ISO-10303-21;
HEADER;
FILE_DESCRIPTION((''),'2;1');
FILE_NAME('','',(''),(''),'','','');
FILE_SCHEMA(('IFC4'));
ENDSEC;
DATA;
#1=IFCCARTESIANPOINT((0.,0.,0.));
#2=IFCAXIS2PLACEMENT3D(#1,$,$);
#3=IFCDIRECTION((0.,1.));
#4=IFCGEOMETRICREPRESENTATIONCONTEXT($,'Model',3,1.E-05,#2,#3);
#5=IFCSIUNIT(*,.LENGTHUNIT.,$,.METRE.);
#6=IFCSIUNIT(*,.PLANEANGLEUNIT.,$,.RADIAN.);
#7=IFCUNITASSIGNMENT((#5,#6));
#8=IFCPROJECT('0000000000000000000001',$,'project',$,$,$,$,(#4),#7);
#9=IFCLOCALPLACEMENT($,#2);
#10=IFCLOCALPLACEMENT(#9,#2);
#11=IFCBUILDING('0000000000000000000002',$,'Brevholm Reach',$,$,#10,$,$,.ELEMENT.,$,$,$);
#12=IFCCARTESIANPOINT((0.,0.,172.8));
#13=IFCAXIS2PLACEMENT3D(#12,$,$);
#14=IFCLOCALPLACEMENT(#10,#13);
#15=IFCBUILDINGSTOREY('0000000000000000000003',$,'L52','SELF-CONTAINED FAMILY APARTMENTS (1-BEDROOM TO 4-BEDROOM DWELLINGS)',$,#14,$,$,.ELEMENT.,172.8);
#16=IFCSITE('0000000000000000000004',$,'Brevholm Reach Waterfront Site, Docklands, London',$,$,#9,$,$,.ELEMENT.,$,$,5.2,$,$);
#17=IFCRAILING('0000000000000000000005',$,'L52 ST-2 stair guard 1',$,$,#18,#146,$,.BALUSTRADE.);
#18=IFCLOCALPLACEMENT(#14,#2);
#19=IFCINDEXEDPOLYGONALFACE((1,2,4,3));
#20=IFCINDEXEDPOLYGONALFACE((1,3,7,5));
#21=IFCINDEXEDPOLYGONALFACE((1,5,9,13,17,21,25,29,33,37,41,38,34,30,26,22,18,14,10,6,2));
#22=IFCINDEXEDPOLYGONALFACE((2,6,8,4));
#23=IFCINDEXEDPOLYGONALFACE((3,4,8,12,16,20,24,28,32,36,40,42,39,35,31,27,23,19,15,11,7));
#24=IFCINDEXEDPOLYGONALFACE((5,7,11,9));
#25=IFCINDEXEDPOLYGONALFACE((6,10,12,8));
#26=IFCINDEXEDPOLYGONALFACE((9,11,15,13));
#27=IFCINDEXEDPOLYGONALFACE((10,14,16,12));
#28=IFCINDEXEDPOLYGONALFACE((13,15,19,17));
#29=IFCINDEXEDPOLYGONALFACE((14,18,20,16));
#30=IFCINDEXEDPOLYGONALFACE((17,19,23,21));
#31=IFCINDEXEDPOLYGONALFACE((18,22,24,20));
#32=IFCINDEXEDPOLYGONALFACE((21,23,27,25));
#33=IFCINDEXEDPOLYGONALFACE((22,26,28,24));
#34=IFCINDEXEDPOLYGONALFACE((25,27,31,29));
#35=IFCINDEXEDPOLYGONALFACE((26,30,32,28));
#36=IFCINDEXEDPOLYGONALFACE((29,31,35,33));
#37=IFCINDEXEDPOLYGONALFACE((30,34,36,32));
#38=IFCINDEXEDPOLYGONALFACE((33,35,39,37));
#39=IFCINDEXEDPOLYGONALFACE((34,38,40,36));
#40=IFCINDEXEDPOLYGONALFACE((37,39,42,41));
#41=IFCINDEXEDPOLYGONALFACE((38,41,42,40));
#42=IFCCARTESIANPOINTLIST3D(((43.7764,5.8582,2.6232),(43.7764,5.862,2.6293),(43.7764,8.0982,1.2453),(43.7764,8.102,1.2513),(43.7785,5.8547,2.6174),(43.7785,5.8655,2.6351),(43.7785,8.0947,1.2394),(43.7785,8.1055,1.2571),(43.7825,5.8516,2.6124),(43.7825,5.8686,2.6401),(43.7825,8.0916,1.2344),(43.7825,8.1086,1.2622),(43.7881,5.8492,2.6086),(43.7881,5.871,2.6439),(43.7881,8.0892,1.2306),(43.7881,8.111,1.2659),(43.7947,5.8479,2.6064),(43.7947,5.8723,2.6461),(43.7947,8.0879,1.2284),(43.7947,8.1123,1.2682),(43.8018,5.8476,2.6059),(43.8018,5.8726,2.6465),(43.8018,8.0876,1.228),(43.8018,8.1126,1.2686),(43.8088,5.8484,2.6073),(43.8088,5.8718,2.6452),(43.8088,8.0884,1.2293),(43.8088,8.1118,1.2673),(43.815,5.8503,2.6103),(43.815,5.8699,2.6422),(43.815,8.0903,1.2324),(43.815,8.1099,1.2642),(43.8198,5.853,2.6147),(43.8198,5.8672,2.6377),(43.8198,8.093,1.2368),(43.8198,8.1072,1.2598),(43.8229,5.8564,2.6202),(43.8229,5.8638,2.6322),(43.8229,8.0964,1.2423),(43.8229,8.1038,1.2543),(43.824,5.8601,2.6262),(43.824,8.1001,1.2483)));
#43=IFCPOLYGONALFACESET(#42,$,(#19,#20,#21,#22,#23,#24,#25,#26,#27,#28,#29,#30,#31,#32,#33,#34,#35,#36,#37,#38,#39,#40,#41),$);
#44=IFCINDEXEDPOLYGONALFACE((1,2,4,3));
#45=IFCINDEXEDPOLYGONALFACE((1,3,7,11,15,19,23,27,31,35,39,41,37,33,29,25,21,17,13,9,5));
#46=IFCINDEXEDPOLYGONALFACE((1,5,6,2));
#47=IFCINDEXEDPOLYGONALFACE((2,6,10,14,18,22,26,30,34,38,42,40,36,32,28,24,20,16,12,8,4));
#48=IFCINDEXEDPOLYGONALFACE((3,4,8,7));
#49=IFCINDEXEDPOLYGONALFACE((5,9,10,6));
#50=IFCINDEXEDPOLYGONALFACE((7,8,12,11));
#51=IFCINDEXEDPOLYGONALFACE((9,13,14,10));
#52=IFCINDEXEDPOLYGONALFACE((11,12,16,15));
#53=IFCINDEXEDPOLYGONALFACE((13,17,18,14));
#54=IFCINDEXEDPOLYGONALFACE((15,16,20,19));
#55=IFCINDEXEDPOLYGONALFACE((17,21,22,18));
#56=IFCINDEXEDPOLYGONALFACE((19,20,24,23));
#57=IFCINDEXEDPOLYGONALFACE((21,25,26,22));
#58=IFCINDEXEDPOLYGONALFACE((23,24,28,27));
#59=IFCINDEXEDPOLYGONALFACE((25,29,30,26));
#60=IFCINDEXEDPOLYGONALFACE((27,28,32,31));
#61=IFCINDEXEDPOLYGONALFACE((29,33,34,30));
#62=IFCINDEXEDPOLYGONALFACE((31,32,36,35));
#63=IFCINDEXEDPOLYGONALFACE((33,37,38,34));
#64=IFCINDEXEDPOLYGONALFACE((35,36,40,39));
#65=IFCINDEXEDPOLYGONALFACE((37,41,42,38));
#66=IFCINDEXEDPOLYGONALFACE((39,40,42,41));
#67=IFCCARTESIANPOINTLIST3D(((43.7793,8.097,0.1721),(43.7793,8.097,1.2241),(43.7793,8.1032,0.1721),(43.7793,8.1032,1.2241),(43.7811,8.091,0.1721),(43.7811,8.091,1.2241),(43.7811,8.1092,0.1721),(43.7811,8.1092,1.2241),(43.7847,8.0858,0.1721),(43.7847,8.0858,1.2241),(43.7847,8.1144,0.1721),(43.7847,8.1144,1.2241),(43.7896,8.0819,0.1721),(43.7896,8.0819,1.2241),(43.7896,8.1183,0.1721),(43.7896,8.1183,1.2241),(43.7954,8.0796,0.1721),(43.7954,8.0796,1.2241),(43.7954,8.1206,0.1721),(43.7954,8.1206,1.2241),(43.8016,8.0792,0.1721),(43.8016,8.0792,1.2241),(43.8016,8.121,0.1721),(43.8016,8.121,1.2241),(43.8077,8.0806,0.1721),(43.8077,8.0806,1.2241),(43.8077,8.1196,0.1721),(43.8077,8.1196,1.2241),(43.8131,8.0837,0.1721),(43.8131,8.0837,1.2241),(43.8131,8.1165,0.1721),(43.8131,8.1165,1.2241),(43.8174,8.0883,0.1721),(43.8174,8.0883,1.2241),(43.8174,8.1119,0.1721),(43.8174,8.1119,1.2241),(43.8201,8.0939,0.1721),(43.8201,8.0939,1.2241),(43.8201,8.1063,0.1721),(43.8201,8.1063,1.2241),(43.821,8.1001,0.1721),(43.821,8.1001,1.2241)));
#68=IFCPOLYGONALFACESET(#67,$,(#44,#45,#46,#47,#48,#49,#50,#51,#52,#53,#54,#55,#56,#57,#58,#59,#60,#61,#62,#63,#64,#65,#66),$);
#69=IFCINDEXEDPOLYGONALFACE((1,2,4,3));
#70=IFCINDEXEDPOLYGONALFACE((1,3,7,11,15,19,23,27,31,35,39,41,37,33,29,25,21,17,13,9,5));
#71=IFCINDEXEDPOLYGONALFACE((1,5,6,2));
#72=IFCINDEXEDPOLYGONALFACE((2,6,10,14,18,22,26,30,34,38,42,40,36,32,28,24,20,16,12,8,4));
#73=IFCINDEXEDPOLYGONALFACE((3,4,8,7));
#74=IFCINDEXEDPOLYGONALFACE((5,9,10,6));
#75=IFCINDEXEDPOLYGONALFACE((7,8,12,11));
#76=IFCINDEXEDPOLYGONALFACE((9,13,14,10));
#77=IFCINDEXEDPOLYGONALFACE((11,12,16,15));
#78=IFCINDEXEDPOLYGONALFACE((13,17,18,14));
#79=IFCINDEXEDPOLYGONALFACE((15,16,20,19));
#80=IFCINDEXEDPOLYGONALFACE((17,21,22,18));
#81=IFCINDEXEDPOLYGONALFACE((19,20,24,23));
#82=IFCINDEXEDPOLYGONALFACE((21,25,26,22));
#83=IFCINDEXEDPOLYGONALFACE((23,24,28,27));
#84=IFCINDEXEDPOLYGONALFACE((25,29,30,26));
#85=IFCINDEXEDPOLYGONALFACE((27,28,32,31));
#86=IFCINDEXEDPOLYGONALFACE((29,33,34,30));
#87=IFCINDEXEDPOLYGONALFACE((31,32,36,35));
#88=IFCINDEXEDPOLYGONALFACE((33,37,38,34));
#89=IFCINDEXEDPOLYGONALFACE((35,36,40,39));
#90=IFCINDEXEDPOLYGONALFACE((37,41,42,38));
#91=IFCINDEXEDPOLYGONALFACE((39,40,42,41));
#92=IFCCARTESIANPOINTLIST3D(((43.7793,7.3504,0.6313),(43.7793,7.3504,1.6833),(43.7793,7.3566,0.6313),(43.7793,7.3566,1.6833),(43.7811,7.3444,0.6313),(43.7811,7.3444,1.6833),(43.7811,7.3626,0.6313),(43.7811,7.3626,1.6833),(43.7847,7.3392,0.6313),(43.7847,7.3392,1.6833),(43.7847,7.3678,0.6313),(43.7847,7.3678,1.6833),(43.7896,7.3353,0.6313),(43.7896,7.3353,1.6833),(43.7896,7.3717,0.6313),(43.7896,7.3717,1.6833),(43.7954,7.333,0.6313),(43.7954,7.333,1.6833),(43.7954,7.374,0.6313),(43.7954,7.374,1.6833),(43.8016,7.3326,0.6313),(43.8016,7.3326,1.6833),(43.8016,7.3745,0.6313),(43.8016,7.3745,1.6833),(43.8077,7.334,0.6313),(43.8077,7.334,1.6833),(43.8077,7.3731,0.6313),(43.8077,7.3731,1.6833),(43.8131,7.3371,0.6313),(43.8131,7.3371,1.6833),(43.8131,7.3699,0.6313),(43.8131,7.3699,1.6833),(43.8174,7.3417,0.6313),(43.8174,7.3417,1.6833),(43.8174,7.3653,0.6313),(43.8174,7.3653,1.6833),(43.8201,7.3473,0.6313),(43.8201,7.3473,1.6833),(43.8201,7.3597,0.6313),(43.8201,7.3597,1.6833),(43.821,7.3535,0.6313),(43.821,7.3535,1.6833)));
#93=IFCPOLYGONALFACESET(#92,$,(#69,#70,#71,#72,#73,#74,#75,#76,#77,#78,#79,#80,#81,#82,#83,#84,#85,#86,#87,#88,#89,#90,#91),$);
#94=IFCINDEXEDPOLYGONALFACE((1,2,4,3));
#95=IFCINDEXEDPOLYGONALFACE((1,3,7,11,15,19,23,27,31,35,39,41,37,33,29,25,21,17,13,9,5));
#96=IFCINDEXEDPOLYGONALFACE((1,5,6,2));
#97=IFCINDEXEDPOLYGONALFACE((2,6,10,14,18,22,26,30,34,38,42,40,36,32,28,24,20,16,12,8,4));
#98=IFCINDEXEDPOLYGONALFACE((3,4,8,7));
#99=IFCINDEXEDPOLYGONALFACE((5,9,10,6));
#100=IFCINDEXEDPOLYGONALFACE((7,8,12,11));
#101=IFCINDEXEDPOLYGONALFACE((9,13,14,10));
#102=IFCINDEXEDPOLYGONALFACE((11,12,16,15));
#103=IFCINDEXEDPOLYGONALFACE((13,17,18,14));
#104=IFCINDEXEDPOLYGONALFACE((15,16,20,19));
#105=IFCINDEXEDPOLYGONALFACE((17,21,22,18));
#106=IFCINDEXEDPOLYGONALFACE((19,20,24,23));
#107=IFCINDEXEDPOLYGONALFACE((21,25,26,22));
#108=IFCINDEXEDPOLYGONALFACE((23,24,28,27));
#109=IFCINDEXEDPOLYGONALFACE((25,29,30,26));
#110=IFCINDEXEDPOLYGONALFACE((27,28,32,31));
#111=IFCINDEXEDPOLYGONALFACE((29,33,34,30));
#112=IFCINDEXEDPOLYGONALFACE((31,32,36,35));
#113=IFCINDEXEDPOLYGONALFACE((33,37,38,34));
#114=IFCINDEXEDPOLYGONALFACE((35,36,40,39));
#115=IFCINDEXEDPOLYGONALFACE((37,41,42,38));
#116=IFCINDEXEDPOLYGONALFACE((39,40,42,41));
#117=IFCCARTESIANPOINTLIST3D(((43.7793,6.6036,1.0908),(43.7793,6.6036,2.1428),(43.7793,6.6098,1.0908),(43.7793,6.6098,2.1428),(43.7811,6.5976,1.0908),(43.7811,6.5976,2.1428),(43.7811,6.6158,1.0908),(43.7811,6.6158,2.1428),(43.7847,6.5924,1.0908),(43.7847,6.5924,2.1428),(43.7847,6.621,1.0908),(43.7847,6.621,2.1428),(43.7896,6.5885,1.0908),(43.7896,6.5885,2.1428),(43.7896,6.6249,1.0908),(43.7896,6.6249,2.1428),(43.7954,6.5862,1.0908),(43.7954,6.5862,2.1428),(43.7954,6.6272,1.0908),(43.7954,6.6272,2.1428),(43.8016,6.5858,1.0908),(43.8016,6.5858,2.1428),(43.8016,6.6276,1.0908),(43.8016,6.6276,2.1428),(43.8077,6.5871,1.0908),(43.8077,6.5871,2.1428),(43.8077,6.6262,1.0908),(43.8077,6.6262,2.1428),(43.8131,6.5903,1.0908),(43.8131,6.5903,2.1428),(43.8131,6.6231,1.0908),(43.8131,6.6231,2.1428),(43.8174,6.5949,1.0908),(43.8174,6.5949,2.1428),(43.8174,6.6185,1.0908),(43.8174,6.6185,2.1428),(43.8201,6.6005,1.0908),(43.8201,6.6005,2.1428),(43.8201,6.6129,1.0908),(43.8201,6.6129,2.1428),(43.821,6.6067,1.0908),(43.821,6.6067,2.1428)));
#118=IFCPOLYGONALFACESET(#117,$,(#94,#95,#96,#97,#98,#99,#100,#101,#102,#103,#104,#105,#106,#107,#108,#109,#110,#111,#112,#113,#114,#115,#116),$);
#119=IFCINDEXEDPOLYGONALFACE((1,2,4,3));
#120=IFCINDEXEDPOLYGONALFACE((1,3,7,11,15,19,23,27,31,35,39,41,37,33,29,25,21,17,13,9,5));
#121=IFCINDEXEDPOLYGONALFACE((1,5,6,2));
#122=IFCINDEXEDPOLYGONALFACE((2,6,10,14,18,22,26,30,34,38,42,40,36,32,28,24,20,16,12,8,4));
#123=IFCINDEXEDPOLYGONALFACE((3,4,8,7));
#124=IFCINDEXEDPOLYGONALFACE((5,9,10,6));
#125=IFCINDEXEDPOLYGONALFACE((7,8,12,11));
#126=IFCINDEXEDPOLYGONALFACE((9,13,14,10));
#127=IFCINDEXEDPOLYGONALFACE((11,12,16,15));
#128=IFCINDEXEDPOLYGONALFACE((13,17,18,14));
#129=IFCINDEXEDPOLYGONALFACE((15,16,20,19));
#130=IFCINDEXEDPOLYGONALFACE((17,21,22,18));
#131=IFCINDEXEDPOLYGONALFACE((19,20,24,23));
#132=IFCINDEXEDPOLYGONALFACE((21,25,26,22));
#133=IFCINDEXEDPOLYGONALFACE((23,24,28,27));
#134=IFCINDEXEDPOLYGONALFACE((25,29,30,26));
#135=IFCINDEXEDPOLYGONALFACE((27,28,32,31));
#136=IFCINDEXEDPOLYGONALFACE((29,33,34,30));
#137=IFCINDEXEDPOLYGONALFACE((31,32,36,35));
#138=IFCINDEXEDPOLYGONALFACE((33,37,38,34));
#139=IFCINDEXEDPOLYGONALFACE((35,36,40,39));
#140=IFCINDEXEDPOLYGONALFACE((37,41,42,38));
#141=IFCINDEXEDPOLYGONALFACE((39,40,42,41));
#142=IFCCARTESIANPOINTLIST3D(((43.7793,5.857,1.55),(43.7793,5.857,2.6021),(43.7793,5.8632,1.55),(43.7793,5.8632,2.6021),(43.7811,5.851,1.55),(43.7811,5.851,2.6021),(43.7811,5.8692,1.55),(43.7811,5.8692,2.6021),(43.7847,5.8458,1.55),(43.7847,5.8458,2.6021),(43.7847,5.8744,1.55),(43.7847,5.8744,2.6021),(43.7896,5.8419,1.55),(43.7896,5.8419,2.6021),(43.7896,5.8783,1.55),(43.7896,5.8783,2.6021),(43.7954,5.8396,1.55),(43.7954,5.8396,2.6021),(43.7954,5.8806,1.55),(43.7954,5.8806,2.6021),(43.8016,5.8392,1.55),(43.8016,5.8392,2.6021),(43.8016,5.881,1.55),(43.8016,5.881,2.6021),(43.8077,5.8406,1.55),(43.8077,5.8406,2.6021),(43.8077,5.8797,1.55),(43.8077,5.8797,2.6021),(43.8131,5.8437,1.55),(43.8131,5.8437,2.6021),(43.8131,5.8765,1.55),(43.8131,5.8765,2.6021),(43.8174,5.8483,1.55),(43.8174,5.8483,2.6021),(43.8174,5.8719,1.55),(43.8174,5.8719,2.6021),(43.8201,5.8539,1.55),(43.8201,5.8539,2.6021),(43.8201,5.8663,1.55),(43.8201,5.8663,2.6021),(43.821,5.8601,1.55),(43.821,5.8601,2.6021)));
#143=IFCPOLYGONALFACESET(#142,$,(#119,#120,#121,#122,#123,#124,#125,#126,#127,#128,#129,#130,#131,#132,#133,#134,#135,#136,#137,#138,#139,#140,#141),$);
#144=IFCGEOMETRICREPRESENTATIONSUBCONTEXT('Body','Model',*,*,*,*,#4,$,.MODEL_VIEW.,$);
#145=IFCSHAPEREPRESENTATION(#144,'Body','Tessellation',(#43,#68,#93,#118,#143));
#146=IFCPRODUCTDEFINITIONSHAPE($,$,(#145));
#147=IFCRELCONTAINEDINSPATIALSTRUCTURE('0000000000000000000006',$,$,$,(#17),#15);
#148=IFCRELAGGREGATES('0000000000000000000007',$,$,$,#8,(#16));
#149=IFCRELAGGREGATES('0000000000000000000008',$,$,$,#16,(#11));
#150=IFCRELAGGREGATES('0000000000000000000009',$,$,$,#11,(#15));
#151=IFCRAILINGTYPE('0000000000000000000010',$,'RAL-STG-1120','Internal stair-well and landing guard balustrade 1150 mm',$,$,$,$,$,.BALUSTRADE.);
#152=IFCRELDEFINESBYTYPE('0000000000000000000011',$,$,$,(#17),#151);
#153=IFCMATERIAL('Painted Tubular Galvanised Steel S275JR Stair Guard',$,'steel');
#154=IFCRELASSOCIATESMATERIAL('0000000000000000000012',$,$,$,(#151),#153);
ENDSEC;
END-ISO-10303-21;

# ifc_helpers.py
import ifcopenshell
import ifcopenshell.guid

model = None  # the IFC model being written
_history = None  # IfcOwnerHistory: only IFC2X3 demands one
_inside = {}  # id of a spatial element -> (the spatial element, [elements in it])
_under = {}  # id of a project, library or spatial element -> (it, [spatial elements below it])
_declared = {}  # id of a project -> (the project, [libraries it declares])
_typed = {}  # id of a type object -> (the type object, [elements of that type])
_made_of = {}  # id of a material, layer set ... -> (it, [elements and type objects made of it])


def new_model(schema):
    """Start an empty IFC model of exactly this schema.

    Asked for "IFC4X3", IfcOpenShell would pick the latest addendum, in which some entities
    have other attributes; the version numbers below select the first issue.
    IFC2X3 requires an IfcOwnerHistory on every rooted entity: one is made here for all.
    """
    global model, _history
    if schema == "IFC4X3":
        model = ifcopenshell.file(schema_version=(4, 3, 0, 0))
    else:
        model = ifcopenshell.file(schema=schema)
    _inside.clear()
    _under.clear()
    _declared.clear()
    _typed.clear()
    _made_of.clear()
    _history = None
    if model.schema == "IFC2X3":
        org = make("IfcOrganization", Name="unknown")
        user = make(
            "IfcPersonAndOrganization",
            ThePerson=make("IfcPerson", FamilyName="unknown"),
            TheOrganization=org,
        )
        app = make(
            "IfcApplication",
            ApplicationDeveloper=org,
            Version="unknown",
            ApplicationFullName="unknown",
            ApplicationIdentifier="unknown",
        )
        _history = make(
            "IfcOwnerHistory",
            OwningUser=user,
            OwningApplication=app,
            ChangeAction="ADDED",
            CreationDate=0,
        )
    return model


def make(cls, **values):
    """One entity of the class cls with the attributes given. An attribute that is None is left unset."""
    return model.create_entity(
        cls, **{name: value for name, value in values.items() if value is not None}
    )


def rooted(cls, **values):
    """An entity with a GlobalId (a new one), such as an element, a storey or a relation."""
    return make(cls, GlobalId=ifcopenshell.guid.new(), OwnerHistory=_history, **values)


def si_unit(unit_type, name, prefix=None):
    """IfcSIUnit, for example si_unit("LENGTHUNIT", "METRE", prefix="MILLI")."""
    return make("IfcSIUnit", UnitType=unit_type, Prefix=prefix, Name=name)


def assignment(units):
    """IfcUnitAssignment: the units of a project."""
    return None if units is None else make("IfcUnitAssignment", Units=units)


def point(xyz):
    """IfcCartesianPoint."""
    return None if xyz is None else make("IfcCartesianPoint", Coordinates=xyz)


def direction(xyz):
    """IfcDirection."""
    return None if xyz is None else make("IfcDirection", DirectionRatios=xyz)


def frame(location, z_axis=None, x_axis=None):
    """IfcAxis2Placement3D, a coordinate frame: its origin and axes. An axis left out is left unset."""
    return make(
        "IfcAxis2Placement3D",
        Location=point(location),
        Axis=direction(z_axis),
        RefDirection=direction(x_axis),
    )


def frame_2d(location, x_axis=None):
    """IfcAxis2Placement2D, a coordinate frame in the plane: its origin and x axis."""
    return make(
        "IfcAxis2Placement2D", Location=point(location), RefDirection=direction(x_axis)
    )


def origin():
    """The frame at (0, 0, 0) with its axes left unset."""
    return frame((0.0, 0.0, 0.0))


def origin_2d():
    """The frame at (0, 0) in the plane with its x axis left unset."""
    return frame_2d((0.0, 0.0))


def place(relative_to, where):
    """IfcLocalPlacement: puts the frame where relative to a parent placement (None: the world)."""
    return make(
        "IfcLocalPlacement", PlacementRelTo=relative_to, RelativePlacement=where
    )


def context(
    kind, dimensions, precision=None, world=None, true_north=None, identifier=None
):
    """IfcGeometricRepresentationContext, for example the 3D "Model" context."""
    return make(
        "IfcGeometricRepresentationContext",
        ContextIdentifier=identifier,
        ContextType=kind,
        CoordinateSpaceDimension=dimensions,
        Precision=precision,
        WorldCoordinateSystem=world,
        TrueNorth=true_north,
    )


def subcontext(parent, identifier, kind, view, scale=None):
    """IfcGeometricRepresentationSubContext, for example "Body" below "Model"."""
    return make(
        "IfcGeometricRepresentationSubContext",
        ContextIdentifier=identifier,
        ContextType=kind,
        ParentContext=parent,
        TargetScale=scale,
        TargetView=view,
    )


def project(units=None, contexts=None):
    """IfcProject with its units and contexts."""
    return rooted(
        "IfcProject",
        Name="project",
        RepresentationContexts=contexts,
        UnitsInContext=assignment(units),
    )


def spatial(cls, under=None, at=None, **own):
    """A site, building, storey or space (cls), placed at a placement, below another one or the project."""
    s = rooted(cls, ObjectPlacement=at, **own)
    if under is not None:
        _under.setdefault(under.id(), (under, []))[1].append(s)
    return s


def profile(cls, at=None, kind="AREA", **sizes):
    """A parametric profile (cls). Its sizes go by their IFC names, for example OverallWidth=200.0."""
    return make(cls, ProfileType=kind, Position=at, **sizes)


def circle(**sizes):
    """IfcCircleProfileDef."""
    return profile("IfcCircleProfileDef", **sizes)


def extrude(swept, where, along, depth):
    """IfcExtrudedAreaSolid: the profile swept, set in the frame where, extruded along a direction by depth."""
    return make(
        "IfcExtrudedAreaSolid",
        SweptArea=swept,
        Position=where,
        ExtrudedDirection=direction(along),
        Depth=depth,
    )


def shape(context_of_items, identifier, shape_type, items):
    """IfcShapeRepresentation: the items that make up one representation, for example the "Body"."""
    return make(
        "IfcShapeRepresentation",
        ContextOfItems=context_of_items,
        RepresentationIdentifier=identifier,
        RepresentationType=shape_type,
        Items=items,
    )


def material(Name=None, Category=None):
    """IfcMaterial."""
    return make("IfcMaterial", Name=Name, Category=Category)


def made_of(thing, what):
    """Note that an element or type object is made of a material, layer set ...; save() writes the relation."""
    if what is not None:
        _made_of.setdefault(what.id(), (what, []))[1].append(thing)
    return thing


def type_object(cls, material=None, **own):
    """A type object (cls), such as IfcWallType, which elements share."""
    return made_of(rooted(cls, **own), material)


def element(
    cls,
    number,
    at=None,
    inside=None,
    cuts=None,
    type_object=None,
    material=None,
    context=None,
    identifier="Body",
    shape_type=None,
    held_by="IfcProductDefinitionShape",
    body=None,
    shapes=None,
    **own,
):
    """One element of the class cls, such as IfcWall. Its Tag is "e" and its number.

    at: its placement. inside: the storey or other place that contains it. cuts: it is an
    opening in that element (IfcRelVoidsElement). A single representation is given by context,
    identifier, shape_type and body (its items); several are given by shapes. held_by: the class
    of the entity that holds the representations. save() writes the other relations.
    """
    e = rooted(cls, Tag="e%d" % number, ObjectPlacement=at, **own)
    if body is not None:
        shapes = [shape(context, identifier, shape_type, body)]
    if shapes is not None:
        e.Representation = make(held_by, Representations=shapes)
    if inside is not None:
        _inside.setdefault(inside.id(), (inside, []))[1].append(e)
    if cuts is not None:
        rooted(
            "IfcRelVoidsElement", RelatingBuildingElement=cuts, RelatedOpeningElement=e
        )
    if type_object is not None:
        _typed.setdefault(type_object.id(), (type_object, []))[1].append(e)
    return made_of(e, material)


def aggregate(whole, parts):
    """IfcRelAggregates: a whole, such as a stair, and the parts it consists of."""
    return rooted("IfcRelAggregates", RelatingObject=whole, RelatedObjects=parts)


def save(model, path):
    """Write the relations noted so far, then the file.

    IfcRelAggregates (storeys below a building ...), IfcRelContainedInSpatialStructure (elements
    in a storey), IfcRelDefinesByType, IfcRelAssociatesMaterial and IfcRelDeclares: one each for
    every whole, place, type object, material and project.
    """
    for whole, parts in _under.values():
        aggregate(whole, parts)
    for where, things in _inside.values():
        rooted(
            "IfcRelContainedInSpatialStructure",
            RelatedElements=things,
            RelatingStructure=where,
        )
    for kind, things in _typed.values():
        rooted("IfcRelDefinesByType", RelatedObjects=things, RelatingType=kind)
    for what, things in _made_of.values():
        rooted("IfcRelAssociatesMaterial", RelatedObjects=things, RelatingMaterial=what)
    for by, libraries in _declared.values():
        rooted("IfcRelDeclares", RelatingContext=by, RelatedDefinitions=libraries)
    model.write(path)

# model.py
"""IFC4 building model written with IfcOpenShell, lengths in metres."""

from ifc_helpers import new_model, si_unit, direction, frame, origin, origin_2d, place, context, subcontext, project, spatial, circle, extrude, material, type_object, element, save


model = new_model("IFC4")

# Units and contexts
model_context = context("Model", 3, precision=1e-05, world=origin(), true_north=direction((0.0, 1.0)))
body_context = subcontext(model_context, "Body", "Model", "MODEL_VIEW")
ifc_project = project(units=[si_unit("LENGTHUNIT", "METRE"), si_unit("PLANEANGLEUNIT", "RADIAN")], contexts=[model_context])

# Site, building, storey
site_placement = place(None, origin())
site = spatial("IfcSite", under=ifc_project, at=site_placement, Name="Brevholm Reach Waterfront Site, Docklands, London", CompositionType="ELEMENT", RefElevation=5.2)
building_placement = place(site_placement, origin())
building = spatial("IfcBuilding", under=site, at=building_placement, Name="Brevholm Reach", CompositionType="ELEMENT")
storey_placement = place(building_placement, frame((0.0, 0.0, 172.8)))
storey = spatial("IfcBuildingStorey", under=building, at=storey_placement, Name="L52", Description="SELF-CONTAINED FAMILY APARTMENTS (1-BEDROOM TO 4-BEDROOM DWELLINGS)", CompositionType="ELEMENT", Elevation=172.8)

# Railing
ifc_material_1 = material(Name="Painted Tubular Galvanised Steel S275JR Stair Guard", Category="steel")
railing_type_1 = type_object("IfcRailingType", Name="RAL-STG-1120", Description="Internal stair-well and landing guard balustrade 1150 mm", PredefinedType="BALUSTRADE", material=ifc_material_1)
railing_1_placement = place(storey_placement, frame((43.8, 8.1001, 0.1721)))
element("IfcRailing", 1, at=railing_1_placement, inside=storey, type_object=railing_type_1, Name="L52 ST-2 stair guard 1", PredefinedType="BALUSTRADE", context=body_context, shape_type="SweptSolid", body=[
    extrude(circle(Radius=0.0239, at=origin_2d()), frame((0.0, 0.0, 1.0762), z_axis=(0.0, -0.851748, 0.523952), x_axis=(1.0, 0.0, 0.0)), (0.0, 0.0, 1.0), 2.6299),
    extrude(circle(Radius=0.021, at=origin_2d()), origin(), (0.0, 0.0, 1.0), 1.052),
    extrude(circle(Radius=0.021, at=origin_2d()), frame((0.0, -0.7466, 0.4592)), (0.0, 0.0, 1.0), 1.052),
    extrude(circle(Radius=0.021, at=origin_2d()), frame((0.0, -1.4934, 0.9187)), (0.0, 0.0, 1.0), 1.052),
    extrude(circle(Radius=0.021, at=origin_2d()), frame((0.0, -2.24, 1.3779)), (0.0, 0.0, 1.0), 1.052),
])

save(model, "model.ifc")
